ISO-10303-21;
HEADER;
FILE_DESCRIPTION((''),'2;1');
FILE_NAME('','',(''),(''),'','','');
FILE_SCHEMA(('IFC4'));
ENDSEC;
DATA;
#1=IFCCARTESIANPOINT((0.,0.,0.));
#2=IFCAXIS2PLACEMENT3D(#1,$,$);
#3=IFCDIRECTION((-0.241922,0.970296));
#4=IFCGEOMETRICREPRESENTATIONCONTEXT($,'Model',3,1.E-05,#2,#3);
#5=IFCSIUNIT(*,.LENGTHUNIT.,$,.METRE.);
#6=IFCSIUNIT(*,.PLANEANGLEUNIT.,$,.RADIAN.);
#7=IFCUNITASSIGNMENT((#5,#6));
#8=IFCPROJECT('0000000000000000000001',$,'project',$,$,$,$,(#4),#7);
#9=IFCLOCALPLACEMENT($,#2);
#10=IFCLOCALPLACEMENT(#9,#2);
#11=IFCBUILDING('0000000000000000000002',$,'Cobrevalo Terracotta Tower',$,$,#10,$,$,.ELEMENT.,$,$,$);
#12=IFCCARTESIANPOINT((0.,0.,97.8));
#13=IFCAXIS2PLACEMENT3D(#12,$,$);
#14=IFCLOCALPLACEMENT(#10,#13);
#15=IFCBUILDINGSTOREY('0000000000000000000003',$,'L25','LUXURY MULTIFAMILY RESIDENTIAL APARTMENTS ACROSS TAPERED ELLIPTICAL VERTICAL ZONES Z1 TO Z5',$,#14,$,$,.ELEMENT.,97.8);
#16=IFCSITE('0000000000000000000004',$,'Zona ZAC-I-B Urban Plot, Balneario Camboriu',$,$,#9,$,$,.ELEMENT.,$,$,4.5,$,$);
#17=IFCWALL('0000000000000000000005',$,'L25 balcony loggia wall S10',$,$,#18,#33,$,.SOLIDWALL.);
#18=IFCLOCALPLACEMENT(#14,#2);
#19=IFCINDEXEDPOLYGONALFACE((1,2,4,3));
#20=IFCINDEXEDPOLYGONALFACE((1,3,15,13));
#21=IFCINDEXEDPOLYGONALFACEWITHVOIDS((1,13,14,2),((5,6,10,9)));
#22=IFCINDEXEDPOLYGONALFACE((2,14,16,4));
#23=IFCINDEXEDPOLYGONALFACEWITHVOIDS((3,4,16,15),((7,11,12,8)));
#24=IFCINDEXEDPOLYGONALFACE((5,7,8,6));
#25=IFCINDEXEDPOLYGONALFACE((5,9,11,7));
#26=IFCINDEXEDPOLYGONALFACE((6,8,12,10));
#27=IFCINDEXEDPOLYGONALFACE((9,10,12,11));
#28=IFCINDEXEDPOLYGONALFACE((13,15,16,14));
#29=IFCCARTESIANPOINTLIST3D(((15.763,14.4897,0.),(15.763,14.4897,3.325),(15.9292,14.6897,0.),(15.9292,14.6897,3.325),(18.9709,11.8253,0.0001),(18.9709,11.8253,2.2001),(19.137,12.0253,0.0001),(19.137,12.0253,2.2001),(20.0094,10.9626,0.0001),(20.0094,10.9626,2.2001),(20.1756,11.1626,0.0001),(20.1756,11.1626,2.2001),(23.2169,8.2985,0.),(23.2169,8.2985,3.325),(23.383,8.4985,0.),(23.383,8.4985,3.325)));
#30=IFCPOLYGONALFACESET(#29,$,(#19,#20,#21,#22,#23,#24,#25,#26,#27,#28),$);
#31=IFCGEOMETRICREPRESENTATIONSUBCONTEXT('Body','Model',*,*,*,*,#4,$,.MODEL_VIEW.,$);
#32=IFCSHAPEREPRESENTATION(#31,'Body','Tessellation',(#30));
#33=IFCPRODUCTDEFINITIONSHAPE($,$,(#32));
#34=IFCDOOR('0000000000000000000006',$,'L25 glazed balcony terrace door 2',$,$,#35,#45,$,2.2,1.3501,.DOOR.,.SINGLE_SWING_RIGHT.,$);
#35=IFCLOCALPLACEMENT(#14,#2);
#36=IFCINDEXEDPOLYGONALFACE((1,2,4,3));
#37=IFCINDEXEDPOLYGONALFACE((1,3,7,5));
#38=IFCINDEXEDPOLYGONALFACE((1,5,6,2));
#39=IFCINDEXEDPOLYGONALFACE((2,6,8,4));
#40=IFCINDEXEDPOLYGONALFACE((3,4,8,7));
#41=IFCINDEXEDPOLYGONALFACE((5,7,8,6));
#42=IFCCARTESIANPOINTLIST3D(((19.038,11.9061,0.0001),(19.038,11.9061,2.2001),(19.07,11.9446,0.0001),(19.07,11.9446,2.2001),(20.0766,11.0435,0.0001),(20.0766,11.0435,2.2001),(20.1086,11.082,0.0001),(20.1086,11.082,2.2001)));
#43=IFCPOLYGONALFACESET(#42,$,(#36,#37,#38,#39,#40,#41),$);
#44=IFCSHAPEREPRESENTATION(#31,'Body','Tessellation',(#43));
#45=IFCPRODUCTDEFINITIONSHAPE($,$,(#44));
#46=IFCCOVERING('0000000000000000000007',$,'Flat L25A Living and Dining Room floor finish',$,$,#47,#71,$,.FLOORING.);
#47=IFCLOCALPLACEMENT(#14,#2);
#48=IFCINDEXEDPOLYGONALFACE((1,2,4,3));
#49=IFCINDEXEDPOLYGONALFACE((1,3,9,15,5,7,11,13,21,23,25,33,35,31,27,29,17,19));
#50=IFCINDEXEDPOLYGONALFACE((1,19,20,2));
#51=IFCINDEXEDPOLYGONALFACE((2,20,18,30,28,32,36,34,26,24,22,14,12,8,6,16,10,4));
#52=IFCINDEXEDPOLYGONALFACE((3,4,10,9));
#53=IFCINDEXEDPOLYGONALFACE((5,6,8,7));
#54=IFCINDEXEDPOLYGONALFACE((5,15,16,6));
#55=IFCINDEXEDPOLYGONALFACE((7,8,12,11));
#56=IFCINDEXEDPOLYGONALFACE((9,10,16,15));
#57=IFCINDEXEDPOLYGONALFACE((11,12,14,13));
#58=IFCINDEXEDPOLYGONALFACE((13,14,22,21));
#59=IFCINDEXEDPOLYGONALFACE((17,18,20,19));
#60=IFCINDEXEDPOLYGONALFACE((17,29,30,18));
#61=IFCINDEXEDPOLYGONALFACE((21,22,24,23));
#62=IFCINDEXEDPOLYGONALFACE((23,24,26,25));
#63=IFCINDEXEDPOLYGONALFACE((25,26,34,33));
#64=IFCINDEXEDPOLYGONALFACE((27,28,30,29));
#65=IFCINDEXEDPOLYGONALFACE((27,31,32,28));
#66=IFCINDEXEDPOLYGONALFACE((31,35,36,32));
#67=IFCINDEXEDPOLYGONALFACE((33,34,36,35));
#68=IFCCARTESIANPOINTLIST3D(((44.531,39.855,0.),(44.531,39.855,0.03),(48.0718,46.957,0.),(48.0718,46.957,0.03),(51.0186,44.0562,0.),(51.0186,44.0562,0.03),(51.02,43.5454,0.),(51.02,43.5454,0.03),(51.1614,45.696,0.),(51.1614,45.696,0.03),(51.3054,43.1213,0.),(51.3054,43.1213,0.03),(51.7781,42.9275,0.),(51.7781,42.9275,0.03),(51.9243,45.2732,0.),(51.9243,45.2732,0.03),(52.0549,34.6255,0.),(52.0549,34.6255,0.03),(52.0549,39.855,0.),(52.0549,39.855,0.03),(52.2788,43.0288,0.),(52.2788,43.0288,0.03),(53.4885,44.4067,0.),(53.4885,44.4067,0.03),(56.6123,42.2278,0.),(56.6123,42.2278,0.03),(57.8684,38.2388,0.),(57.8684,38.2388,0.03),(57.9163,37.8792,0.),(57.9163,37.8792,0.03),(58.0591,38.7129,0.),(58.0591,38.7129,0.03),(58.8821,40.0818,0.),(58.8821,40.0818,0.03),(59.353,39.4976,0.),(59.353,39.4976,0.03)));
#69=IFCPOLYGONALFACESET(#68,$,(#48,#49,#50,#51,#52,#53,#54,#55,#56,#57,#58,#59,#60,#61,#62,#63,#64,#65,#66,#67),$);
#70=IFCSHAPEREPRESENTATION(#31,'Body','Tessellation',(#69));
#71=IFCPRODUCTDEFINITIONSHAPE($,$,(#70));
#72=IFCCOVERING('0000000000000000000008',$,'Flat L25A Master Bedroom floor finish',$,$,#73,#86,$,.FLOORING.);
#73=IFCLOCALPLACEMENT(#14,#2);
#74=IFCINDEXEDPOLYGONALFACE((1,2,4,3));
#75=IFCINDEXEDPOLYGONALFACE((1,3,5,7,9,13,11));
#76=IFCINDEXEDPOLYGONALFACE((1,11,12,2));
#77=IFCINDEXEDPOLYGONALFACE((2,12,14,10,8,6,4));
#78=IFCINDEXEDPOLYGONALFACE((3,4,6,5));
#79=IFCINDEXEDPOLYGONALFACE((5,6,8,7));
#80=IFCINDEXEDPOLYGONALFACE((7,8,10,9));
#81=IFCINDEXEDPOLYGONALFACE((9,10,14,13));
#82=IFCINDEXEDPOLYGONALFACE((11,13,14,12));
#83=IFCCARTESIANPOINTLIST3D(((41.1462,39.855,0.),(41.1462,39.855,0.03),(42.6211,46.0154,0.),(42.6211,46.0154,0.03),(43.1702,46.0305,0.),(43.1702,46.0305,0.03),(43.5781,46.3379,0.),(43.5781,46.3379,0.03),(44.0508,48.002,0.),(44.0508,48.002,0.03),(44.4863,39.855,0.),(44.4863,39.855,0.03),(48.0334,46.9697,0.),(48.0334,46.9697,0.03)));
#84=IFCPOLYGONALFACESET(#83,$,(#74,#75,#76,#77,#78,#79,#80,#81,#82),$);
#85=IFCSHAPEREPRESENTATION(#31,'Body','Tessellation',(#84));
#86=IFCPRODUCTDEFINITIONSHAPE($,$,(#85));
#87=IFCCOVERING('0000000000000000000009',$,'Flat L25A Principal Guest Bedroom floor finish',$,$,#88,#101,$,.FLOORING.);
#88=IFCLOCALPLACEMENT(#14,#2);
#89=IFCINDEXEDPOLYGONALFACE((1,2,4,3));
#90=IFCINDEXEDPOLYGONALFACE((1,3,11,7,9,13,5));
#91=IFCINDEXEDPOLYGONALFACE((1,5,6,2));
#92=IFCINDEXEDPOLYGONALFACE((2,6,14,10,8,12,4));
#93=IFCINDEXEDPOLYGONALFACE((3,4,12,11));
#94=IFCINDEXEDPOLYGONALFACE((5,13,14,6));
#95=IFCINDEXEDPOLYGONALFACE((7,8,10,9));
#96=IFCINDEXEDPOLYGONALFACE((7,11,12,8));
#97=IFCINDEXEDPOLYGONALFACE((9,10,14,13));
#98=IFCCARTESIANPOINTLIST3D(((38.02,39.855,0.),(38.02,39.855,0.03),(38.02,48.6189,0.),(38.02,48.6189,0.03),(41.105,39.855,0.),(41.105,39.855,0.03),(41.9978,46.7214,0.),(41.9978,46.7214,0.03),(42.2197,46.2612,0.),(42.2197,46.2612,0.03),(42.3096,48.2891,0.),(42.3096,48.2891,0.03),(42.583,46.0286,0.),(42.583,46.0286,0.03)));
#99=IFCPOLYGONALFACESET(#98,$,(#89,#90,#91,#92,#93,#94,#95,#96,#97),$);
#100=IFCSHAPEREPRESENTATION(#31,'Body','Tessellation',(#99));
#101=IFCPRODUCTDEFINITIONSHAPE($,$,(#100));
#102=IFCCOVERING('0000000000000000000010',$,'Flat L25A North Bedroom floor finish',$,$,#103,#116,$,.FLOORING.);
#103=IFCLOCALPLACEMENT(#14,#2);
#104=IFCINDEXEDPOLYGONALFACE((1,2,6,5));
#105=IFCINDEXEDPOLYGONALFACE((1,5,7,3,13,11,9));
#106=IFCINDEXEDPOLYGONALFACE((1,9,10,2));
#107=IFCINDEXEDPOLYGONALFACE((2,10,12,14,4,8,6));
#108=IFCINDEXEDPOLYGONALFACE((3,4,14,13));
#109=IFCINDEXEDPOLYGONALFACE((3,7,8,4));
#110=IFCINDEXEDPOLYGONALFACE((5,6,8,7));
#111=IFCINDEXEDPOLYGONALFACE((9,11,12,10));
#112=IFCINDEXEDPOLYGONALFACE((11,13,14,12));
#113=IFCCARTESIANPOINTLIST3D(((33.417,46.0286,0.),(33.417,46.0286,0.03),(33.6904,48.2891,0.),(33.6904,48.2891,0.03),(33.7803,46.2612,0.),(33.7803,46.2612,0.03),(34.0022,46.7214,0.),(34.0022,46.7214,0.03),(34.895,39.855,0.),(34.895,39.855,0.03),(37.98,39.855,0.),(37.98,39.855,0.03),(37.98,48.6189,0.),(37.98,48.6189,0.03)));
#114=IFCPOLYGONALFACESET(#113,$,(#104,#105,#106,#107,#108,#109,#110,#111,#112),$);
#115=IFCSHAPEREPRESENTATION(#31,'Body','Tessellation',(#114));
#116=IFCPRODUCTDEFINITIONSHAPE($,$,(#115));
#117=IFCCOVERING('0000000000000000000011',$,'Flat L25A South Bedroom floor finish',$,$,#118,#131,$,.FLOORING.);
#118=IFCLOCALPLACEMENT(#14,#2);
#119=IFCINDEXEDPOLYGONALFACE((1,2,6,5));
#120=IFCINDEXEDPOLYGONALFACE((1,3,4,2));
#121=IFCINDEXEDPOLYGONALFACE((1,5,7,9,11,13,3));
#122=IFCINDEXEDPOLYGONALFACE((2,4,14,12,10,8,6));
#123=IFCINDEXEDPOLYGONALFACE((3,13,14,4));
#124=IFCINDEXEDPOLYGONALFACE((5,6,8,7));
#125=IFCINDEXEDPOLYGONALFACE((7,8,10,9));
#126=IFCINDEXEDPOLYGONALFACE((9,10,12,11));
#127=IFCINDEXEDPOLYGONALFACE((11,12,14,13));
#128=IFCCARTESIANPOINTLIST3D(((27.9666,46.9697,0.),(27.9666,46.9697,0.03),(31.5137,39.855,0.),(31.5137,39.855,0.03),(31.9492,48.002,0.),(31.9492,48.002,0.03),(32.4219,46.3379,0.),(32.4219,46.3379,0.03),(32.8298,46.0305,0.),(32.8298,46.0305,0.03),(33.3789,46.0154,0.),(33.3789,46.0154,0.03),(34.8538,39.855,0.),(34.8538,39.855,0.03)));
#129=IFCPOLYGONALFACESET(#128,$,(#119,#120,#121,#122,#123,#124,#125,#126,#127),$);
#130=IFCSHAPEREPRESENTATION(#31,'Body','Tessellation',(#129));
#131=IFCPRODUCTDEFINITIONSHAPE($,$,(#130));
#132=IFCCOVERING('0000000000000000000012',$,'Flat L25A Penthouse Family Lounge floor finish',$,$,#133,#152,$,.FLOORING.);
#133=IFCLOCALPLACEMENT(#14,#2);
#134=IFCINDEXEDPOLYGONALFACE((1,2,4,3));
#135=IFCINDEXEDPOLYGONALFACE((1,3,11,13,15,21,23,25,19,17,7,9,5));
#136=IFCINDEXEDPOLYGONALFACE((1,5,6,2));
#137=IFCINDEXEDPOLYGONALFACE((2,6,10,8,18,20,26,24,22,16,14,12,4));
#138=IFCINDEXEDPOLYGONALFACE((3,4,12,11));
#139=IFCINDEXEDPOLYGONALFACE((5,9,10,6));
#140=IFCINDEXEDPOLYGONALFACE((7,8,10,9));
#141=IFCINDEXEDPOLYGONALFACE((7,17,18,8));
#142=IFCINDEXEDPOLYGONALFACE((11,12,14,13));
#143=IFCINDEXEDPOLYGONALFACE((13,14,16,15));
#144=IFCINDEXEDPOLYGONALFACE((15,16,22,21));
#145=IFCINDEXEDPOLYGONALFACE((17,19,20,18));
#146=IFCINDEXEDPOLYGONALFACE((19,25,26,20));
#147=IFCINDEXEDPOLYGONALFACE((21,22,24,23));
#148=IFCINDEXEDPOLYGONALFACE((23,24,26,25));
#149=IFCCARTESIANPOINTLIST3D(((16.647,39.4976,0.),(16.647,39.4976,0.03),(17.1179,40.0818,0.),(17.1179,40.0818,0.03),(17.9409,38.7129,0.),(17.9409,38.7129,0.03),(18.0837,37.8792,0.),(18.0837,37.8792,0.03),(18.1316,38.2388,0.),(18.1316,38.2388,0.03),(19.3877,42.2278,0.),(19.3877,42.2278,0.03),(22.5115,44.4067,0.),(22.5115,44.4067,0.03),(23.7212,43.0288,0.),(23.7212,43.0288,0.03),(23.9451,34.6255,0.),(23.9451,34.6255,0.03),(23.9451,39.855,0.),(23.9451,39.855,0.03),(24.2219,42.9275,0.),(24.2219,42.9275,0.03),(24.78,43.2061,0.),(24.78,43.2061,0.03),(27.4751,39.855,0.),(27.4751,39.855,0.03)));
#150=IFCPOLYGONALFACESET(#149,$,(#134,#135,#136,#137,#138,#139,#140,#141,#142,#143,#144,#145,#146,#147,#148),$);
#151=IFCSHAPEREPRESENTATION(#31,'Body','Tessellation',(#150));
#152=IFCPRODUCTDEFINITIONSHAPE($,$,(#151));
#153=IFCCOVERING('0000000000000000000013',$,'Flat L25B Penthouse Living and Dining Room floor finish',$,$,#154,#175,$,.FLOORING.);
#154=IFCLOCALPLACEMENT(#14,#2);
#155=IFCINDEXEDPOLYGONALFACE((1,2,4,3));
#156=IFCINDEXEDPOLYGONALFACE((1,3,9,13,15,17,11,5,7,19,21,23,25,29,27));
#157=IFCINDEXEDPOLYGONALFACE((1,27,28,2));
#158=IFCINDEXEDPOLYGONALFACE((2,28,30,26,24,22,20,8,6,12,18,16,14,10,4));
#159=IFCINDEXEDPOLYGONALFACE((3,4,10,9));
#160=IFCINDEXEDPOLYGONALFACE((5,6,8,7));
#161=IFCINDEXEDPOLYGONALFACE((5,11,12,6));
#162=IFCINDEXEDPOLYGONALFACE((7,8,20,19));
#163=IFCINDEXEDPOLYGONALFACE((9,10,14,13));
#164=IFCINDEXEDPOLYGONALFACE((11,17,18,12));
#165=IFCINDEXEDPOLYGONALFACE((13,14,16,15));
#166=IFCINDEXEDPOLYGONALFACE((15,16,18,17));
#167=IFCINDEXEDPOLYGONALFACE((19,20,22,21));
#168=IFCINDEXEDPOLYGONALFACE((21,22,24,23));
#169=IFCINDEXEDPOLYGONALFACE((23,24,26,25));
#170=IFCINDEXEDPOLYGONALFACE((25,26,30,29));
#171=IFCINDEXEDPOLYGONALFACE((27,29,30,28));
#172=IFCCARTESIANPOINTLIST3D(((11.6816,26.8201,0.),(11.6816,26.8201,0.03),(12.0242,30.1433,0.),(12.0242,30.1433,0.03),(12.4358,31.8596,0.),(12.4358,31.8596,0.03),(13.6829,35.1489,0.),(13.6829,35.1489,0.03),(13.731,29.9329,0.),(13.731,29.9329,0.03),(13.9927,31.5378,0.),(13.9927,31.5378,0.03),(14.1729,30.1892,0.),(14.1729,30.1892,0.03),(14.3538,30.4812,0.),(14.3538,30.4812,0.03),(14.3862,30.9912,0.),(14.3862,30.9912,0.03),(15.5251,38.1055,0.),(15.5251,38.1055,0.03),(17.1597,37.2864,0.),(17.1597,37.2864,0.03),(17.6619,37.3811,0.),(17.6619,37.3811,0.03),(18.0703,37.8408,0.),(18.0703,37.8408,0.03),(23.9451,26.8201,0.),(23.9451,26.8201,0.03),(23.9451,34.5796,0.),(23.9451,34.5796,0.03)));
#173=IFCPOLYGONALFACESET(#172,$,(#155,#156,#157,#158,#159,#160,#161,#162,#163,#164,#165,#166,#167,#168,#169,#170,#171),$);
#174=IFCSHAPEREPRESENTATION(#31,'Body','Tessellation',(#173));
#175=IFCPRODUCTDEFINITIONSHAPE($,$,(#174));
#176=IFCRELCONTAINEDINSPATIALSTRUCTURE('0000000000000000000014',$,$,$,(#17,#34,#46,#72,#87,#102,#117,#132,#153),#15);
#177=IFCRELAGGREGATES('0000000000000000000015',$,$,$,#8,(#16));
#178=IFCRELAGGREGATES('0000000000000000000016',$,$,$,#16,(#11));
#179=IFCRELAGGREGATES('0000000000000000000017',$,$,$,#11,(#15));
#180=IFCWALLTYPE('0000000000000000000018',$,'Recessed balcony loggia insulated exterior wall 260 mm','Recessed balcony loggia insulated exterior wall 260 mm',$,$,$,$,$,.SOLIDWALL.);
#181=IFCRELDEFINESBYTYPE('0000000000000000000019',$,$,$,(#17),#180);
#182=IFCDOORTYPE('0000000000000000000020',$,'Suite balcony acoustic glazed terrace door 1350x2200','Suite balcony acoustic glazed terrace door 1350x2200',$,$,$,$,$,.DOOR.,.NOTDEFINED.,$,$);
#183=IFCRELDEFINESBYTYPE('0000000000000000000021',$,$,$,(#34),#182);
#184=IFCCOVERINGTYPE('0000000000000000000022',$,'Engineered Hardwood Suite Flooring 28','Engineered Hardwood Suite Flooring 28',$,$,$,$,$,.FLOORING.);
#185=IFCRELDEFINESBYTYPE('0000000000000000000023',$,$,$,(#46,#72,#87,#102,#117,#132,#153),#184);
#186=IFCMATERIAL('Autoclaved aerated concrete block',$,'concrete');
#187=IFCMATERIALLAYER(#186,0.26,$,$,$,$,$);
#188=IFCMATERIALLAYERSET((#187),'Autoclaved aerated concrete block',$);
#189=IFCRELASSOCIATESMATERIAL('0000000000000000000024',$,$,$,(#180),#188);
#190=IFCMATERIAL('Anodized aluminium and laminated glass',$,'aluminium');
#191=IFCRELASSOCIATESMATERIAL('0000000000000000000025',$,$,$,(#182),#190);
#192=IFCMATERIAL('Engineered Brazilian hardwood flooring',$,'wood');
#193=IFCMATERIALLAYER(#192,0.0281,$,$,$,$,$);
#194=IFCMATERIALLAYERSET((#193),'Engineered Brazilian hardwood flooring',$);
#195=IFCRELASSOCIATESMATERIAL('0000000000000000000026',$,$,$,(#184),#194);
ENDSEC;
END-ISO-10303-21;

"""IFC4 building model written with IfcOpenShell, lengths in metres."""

from ifc_helpers import new_model, si_unit, direction, frame, frame_2d, origin, place, context, subcontext, project, spatial, polyline, rectangle, outline, extrude, source, transform, mapped, material, layer, layer_set, type_object, element, fill, save


model = new_model("IFC4")

# Units and contexts
model_context = context("Model", 3, precision=1e-05, world=origin(), true_north=direction((-0.241922, 0.970296)))
body_context = subcontext(model_context, "Body", "Model", "MODEL_VIEW")
ifc_project = project(units=[si_unit("LENGTHUNIT", "METRE"), si_unit("PLANEANGLEUNIT", "RADIAN")], contexts=[model_context])

# Site, building, storey
site_placement = place(None, origin())
site = spatial("IfcSite", under=ifc_project, at=site_placement, Name="Zona ZAC-I-B Urban Plot, Balneario Camboriu", CompositionType="ELEMENT", RefElevation=4.5)
building_placement = place(site_placement, origin())
building = spatial("IfcBuilding", under=site, at=building_placement, Name="Cobrevalo Terracotta Tower", CompositionType="ELEMENT")
storey_placement = place(building_placement, frame((0.0, 0.0, 97.8)))
storey = spatial("IfcBuildingStorey", under=building, at=storey_placement, Name="L25", Description="LUXURY MULTIFAMILY RESIDENTIAL APARTMENTS ACROSS TAPERED ELLIPTICAL VERTICAL ZONES Z1 TO Z5", CompositionType="ELEMENT", Elevation=97.8)

# Wall, opening, door
ifc_material_1 = material(Name="Autoclaved aerated concrete block", Category="concrete")
ifc_layer_1 = layer(ifc_material_1, 0.26)
ifc_layer_set_1 = layer_set([ifc_layer_1], Name="Autoclaved aerated concrete block")
wall_type = type_object("IfcWallType", Name="Recessed balcony loggia insulated exterior wall 260 mm", Description="Recessed balcony loggia insulated exterior wall 260 mm", PredefinedType="SOLIDWALL", material=ifc_layer_set_1)
wall_placement = place(storey_placement, frame((15.8462, 14.5896, 0.0), z_axis=(0.0, 0.0, 1.0), x_axis=(0.769255, -0.638942, 0.0)))
wall = element("IfcWall", 1, at=wall_placement, inside=storey, type_object=wall_type, Name="L25 balcony loggia wall S10", PredefinedType="SOLIDWALL", context=body_context, shape_type="SweptSolid", body=[
    extrude(rectangle(XDim=9.6897, YDim=0.26, at=frame_2d((4.8447, 0.0))), origin(), (0.0, 0.0, 1.0), 3.325),
])
opening_placement = place(wall_placement, frame((4.1699, 0.0, 0.0)))
opening = element("IfcOpeningElement", 2, at=opening_placement, cuts=wall, PredefinedType="OPENING", context=body_context, shape_type="SweptSolid", body=[
    extrude(rectangle(XDim=1.3501, YDim=2.2, at=frame_2d((0.675, 1.1001))), frame((0.0, 0.1401, 0.0), z_axis=(0.0, -1.0, 0.0), x_axis=(1.0, 0.0, 0.0)), (0.0, 0.0, 1.0), 0.28),
])
ifc_material_2 = material(Name="Anodized aluminium and laminated glass", Category="aluminium")
door_type = type_object("IfcDoorType", Name="Suite balcony acoustic glazed terrace door 1350x2200", Description="Suite balcony acoustic glazed terrace door 1350x2200", OperationType="NOTDEFINED", PredefinedType="DOOR", material=ifc_material_2)
shared_shape_1 = source(origin(), body_context, "Body", "SweptSolid", [
    extrude(rectangle(XDim=1.3501, YDim=2.2, at=frame_2d((0.675, 1.1001))), frame((0.0, 0.0249, 0.0), z_axis=(0.0, -1.0, 0.0), x_axis=(1.0, 0.0, 0.0)), (0.0, 0.0, 1.0), 0.05),
])
door_placement = place(opening_placement, frame((1.3501, 0.0, 0.0), z_axis=(0.0, 0.0, 1.0), x_axis=(-1.0, 0.0, 0.0)))
door = element("IfcDoor", 3, at=door_placement, inside=storey, type_object=door_type, Name="L25 glazed balcony terrace door 2", OperationType="SINGLE_SWING_RIGHT", OverallHeight=2.2, OverallWidth=1.3501, PredefinedType="DOOR", context=body_context, shape_type="MappedRepresentation", body=[
    mapped(shared_shape_1, transform((0.0, 0.0, 0.0), scale=1.0)),
])
fill(opening, door)

# Coverings
ifc_material_3 = material(Name="Engineered Brazilian hardwood flooring", Category="wood")
ifc_layer_2 = layer(ifc_material_3, 0.0281)
ifc_layer_set_2 = layer_set([ifc_layer_2], Name="Engineered Brazilian hardwood flooring")
covering_type_1 = type_object("IfcCoveringType", Name="Engineered Hardwood Suite Flooring 28", Description="Engineered Hardwood Suite Flooring 28", PredefinedType="FLOORING", material=ifc_layer_set_2)
covering_1_placement = place(storey_placement, origin())
element("IfcCovering", 4, at=covering_1_placement, inside=storey, type_object=covering_type_1, Name="Flat L25A Living and Dining Room floor finish", PredefinedType="FLOORING", context=body_context, shape_type="SweptSolid", body=[
    extrude(outline(polyline([(51.1614, 45.696), (51.9243, 45.2732), (51.0186, 44.0562), (51.02, 43.5454), (51.3054, 43.1213), (51.7781, 42.9275), (52.2788, 43.0288), (53.4885, 44.4067), (56.6123, 42.2278), (58.8821, 40.0818), (59.353, 39.4976), (58.0591, 38.7129), (57.8684, 38.2388), (57.9163, 37.8792), (52.0549, 34.6255), (52.0549, 39.855), (44.531, 39.855), (48.0718, 46.957), (51.1614, 45.696)])), origin(), (0.0, 0.0, 1.0), 0.03),
])
covering_2_placement = place(storey_placement, origin())
element("IfcCovering", 5, at=covering_2_placement, inside=storey, type_object=covering_type_1, Name="Flat L25A Master Bedroom floor finish", PredefinedType="FLOORING", context=body_context, shape_type="SweptSolid", body=[
    extrude(outline(polyline([(48.0334, 46.9697), (44.4863, 39.855), (41.1462, 39.855), (42.6211, 46.0154), (43.1702, 46.0305), (43.5781, 46.3379), (44.0508, 48.002), (48.0334, 46.9697)])), origin(), (0.0, 0.0, 1.0), 0.03),
])
covering_3_placement = place(storey_placement, origin())
element("IfcCovering", 6, at=covering_3_placement, inside=storey, type_object=covering_type_1, Name="Flat L25A Principal Guest Bedroom floor finish", PredefinedType="FLOORING", context=body_context, shape_type="SweptSolid", body=[
    extrude(outline(polyline([(42.3096, 48.2891), (41.9978, 46.7214), (42.2197, 46.2612), (42.583, 46.0286), (41.105, 39.855), (38.02, 39.855), (38.02, 48.6189), (42.3096, 48.2891)])), origin(), (0.0, 0.0, 1.0), 0.03),
])
covering_4_placement = place(storey_placement, origin())
element("IfcCovering", 7, at=covering_4_placement, inside=storey, type_object=covering_type_1, Name="Flat L25A North Bedroom floor finish", PredefinedType="FLOORING", context=body_context, shape_type="SweptSolid", body=[
    extrude(outline(polyline([(37.98, 48.6189), (37.98, 39.855), (34.895, 39.855), (33.417, 46.0286), (33.7803, 46.2612), (34.0022, 46.7214), (33.6904, 48.2891), (37.98, 48.6189)])), origin(), (0.0, 0.0, 1.0), 0.03),
])
covering_5_placement = place(storey_placement, origin())
element("IfcCovering", 8, at=covering_5_placement, inside=storey, type_object=covering_type_1, Name="Flat L25A South Bedroom floor finish", PredefinedType="FLOORING", context=body_context, shape_type="SweptSolid", body=[
    extrude(outline(polyline([(31.9492, 48.002), (32.4219, 46.3379), (32.8298, 46.0305), (33.3789, 46.0154), (34.8538, 39.855), (31.5137, 39.855), (27.9666, 46.9697), (31.9492, 48.002)])), origin(), (0.0, 0.0, 1.0), 0.03),
])
covering_6_placement = place(storey_placement, origin())
element("IfcCovering", 9, at=covering_6_placement, inside=storey, type_object=covering_type_1, Name="Flat L25A Penthouse Family Lounge floor finish", PredefinedType="FLOORING", context=body_context, shape_type="SweptSolid", body=[
    extrude(outline(polyline([(22.5115, 44.4067), (23.7212, 43.0288), (24.2219, 42.9275), (24.78, 43.2061), (27.4751, 39.855), (23.9451, 39.855), (23.9451, 34.6255), (18.0837, 37.8792), (18.1316, 38.2388), (17.9409, 38.7129), (16.647, 39.4976), (17.1179, 40.0818), (19.3877, 42.2278), (22.5115, 44.4067)])), origin(), (0.0, 0.0, 1.0), 0.03),
])
covering_7_placement = place(storey_placement, origin())
element("IfcCovering", 10, at=covering_7_placement, inside=storey, type_object=covering_type_1, Name="Flat L25B Penthouse Living and Dining Room floor finish", PredefinedType="FLOORING", context=body_context, shape_type="SweptSolid", body=[
    extrude(outline(polyline([(12.0242, 30.1433), (13.731, 29.9329), (14.1729, 30.1892), (14.3538, 30.4812), (14.3862, 30.9912), (13.9927, 31.5378), (12.4358, 31.8596), (13.6829, 35.1489), (15.5251, 38.1055), (17.1597, 37.2864), (17.6619, 37.3811), (18.0703, 37.8408), (23.9451, 34.5796), (23.9451, 26.8201), (11.6816, 26.8201), (12.0242, 30.1433)])), origin(), (0.0, 0.0, 1.0), 0.03),
])

save(model, "model.ifc")
